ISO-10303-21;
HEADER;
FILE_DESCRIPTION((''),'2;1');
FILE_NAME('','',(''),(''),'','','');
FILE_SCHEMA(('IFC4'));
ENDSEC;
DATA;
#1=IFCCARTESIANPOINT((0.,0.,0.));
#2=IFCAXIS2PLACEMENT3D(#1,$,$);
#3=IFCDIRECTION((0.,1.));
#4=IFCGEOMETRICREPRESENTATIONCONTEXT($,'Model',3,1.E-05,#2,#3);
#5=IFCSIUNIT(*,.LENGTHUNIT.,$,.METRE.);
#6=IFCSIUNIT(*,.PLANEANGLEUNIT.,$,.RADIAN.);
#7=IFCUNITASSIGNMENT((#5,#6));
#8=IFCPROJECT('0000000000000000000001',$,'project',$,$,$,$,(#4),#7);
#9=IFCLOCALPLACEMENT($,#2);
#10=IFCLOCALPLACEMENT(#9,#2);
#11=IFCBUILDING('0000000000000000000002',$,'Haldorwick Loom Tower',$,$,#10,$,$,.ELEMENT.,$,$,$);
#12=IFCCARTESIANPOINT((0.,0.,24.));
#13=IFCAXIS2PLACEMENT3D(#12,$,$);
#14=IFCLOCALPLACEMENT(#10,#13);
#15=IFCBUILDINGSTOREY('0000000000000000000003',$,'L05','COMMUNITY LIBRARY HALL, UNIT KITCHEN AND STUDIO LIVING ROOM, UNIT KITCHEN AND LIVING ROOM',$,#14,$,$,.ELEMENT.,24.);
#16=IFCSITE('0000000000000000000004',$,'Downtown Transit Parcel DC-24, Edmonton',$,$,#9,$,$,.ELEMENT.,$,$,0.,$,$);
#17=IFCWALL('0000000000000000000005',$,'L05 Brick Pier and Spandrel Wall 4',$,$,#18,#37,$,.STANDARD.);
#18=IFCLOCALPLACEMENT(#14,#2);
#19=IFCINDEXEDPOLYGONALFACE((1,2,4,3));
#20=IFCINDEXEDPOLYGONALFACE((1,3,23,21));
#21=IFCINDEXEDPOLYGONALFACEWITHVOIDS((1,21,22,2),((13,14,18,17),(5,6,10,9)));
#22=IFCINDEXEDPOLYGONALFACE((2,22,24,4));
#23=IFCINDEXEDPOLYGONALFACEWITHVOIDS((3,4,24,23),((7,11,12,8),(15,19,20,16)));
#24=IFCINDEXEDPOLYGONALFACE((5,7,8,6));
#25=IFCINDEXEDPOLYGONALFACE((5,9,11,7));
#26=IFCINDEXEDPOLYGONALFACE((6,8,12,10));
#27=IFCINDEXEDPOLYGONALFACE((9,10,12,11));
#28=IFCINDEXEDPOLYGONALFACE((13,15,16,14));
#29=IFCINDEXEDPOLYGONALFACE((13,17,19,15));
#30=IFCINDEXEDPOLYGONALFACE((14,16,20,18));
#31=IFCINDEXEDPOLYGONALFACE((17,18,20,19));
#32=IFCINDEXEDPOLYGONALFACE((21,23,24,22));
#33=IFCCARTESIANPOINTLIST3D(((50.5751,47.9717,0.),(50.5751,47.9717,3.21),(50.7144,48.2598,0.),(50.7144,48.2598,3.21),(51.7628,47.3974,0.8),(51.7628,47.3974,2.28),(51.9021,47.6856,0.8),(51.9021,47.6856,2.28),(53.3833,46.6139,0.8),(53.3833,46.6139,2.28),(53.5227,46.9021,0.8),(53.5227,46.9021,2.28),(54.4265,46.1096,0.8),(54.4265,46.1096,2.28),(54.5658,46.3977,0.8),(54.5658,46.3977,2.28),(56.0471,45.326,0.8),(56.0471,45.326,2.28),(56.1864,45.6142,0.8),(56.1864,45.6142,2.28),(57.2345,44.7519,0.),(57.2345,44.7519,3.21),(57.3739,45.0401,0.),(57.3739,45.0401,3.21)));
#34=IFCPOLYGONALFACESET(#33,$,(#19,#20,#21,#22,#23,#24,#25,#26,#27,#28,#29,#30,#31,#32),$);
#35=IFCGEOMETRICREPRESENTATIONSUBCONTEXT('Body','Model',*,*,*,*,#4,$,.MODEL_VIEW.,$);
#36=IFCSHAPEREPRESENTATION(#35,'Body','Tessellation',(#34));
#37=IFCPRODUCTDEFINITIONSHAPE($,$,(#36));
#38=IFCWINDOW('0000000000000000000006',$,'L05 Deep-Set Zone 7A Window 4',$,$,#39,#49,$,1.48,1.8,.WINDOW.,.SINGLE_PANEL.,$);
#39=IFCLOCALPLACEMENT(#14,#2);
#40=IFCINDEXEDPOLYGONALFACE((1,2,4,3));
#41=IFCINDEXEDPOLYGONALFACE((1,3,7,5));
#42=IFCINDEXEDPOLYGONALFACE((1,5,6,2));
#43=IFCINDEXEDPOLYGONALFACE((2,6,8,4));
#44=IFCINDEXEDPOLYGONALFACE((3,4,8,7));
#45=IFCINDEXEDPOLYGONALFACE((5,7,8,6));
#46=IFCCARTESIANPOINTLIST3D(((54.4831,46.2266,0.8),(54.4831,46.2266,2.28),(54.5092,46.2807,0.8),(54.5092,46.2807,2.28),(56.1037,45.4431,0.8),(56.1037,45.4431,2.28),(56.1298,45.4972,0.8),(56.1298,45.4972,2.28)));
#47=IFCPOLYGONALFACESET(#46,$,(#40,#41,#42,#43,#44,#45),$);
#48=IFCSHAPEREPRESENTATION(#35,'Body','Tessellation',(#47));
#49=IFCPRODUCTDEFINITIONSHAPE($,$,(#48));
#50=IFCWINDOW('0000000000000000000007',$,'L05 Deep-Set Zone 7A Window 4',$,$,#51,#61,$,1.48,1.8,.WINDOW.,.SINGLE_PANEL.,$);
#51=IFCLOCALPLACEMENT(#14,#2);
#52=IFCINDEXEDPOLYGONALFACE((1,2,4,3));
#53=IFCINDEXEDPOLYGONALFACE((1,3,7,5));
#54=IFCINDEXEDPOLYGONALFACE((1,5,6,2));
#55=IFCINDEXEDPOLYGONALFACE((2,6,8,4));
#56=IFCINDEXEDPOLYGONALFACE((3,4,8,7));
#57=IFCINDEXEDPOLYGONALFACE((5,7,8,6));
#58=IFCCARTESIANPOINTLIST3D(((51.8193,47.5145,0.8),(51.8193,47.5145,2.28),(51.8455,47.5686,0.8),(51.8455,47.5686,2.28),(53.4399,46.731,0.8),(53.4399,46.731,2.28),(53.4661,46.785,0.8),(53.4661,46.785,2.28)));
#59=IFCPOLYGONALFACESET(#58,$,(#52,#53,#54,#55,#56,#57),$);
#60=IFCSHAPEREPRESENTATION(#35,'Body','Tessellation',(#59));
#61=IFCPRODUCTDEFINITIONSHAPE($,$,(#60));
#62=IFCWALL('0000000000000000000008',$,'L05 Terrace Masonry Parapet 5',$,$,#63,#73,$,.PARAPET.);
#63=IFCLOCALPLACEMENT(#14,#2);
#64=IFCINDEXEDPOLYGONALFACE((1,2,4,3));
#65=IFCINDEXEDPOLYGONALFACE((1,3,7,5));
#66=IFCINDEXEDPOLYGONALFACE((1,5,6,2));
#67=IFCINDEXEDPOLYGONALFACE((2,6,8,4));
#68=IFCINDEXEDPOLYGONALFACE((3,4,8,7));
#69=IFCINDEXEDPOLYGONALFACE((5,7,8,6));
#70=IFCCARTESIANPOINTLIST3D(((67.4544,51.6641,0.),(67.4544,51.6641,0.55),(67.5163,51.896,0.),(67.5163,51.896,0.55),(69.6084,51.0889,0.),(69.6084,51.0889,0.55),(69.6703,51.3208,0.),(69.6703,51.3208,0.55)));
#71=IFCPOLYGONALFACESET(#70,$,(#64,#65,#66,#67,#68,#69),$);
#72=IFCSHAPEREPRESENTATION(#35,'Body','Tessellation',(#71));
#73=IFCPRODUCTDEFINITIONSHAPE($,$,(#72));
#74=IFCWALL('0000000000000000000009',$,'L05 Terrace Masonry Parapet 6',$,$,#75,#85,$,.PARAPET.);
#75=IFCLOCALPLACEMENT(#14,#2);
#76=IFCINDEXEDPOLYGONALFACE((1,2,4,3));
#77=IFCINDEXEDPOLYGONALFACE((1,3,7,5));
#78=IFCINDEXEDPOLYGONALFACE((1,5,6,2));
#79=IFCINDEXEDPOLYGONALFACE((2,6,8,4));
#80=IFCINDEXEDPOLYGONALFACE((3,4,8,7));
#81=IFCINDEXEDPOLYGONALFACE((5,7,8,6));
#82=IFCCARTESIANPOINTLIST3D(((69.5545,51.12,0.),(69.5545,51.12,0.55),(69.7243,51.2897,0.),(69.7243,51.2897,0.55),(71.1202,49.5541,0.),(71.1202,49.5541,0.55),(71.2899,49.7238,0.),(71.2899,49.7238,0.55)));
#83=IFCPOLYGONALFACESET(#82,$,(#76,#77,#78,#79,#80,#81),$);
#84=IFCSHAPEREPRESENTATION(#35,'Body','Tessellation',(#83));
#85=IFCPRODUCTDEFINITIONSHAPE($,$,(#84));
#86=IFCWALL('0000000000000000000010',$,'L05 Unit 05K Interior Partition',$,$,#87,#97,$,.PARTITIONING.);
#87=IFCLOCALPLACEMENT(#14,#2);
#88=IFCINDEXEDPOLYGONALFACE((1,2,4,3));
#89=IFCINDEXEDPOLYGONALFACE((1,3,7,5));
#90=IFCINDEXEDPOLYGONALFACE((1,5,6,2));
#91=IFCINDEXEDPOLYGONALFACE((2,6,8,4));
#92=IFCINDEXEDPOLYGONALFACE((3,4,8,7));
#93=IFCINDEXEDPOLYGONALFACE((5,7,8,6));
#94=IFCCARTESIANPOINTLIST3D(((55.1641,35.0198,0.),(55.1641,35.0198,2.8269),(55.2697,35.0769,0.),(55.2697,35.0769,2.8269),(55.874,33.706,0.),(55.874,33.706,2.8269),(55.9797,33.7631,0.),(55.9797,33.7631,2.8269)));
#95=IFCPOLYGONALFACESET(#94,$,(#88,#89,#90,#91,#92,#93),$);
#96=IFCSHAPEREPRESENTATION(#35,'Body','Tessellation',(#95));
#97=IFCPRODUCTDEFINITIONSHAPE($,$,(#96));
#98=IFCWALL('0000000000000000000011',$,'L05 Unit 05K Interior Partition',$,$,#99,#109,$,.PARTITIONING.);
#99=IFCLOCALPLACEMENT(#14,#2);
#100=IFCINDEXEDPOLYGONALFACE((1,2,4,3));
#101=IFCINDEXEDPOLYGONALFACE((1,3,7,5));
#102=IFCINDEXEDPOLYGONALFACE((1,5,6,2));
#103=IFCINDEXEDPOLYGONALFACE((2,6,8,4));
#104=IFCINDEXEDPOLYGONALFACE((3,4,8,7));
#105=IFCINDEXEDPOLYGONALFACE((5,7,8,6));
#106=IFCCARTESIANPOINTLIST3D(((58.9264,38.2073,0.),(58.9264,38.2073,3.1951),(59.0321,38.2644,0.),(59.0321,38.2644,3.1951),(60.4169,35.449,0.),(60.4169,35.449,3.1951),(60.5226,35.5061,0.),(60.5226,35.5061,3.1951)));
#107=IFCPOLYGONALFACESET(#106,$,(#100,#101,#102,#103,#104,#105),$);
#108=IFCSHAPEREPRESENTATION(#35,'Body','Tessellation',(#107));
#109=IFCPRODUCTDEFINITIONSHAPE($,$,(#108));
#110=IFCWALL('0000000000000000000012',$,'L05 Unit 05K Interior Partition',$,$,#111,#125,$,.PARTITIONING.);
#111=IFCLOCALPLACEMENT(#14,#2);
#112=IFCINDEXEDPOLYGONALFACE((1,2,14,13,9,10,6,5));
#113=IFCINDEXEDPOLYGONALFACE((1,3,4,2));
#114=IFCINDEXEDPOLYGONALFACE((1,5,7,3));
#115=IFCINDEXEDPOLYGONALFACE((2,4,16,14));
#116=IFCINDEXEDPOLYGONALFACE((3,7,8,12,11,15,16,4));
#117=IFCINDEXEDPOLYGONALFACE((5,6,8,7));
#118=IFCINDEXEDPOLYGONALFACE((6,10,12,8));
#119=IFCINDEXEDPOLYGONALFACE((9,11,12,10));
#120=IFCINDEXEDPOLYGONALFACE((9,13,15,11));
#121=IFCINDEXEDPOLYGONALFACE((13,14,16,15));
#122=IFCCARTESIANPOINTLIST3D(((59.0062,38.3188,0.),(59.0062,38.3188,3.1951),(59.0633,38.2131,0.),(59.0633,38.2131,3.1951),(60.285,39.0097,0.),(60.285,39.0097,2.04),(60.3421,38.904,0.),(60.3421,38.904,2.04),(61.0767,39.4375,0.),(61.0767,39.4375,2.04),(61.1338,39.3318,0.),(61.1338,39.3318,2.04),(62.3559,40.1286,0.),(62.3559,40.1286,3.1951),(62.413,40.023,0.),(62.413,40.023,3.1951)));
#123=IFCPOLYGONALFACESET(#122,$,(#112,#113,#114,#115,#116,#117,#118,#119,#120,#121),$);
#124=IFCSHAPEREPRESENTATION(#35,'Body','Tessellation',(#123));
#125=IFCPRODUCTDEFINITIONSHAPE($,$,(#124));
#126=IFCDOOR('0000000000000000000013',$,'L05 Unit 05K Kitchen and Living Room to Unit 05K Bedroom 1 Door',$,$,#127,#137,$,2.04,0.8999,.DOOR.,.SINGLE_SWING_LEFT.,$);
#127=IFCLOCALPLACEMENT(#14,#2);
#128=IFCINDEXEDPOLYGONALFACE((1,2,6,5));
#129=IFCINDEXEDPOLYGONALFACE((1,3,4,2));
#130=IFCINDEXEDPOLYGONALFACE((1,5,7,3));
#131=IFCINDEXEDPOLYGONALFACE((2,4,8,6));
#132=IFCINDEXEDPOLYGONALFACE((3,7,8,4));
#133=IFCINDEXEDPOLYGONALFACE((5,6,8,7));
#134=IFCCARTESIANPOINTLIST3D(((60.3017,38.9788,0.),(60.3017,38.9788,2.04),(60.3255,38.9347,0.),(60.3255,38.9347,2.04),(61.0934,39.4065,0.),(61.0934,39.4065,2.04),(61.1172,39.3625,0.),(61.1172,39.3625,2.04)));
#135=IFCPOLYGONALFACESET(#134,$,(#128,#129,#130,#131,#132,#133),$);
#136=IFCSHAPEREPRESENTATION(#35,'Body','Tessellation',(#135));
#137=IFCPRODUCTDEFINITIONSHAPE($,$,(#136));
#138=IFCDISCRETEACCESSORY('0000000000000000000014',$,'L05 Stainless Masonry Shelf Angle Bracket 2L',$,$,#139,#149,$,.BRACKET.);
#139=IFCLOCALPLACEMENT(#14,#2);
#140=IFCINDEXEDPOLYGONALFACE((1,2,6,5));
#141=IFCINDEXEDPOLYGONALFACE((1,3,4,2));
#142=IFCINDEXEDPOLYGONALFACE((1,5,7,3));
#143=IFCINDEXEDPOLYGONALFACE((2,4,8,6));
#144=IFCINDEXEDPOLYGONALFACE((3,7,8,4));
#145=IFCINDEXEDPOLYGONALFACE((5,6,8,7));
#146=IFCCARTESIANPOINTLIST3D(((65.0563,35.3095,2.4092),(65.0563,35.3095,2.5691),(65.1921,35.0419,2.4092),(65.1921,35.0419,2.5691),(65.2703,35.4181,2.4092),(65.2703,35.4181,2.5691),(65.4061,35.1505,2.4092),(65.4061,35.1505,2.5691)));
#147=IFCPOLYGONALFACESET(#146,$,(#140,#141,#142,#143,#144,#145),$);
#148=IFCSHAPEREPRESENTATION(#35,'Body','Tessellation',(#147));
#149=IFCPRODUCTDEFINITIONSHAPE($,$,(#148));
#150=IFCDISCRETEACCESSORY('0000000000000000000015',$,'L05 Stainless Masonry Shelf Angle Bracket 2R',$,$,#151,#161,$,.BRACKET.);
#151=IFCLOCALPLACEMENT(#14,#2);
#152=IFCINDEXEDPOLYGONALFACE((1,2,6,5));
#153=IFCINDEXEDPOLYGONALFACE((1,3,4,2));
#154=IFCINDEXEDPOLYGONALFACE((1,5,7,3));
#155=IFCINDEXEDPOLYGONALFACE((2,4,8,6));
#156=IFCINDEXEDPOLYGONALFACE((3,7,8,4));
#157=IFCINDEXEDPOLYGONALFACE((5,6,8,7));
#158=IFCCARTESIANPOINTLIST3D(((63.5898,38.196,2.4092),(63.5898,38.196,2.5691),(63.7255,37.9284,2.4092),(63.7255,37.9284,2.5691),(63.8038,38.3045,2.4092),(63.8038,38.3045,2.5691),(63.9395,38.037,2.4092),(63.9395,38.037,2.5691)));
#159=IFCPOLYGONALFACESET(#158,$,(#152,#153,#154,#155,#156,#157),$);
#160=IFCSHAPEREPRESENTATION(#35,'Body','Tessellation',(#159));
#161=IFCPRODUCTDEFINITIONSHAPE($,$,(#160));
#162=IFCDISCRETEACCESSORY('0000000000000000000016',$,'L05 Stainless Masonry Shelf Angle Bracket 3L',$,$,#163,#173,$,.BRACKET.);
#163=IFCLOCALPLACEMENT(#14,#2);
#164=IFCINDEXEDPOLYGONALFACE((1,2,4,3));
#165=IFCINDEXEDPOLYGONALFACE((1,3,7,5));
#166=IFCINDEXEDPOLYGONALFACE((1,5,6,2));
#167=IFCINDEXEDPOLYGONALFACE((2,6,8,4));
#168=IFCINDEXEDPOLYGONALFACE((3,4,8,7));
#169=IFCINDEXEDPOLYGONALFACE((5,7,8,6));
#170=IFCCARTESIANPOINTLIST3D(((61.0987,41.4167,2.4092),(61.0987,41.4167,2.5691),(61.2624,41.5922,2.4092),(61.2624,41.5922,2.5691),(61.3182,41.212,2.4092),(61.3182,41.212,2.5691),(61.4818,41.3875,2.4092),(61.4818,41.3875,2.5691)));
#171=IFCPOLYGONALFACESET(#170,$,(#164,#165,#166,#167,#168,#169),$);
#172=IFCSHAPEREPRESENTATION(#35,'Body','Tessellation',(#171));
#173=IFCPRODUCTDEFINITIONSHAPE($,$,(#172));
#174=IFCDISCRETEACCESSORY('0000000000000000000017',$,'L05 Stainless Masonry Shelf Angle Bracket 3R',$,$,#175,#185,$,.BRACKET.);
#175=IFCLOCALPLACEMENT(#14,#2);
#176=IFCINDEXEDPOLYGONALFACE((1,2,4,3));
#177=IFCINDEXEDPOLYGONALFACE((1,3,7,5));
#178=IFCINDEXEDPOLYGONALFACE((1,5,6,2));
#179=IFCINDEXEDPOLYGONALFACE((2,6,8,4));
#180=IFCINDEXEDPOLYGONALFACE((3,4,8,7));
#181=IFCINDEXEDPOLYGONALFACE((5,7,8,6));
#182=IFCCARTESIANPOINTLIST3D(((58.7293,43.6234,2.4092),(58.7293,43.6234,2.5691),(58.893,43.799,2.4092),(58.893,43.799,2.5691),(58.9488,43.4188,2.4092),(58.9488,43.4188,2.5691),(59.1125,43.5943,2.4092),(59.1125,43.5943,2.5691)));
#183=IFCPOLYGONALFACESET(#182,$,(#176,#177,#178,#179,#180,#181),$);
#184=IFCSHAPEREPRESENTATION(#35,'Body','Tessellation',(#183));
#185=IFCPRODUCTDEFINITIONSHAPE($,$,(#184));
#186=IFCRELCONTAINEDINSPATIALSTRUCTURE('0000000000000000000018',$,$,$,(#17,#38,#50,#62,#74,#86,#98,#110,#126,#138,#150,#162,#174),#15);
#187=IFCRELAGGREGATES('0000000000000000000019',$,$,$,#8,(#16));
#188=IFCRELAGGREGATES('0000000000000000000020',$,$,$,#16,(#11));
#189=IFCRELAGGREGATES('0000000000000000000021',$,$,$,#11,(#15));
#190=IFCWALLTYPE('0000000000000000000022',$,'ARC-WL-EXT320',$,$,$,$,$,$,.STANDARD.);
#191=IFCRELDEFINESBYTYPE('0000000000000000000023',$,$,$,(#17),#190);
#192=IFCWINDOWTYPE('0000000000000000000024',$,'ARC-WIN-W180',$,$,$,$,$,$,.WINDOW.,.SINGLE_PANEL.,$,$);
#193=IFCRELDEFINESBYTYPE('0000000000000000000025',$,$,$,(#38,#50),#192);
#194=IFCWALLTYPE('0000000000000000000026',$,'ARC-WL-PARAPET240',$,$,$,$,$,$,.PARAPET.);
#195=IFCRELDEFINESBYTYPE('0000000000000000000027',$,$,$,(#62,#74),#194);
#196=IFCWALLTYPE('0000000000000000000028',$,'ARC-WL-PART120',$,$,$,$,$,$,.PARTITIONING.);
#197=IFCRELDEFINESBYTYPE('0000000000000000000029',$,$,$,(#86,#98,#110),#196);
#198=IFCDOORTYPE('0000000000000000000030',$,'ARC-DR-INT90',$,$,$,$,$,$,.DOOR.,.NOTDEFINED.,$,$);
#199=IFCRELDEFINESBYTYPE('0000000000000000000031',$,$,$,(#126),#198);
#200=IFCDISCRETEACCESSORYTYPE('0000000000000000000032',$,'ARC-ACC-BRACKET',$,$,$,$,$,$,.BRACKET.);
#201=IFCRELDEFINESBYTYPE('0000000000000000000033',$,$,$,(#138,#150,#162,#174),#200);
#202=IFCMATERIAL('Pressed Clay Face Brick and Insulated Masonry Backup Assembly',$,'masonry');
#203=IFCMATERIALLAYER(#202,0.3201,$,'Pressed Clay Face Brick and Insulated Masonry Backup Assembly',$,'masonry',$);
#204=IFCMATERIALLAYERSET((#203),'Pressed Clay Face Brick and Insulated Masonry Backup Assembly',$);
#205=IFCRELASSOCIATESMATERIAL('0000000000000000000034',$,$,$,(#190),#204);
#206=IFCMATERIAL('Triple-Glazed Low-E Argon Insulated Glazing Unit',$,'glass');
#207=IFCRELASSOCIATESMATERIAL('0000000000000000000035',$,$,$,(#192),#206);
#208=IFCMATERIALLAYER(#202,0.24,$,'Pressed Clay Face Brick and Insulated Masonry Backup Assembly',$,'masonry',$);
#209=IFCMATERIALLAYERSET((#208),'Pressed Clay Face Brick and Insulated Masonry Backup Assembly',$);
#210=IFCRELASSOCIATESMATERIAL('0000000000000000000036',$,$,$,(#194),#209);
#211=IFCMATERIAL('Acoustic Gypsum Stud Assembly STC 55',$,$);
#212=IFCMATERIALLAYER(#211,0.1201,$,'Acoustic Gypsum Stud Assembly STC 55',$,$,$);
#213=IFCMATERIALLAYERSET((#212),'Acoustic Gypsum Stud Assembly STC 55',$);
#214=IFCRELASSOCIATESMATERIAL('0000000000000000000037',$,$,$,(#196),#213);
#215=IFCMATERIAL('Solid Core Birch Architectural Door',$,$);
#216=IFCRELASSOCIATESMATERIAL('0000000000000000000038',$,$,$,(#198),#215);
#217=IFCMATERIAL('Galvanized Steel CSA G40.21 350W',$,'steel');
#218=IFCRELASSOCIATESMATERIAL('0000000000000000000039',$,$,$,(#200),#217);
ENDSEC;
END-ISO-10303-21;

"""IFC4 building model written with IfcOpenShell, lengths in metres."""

from ifc_helpers import new_model, si_unit, direction, frame, frame_2d, origin, origin_2d, place, context, subcontext, project, spatial, rectangle, extrude, material, layer, layer_set, type_object, element, fill, save


model = new_model("IFC4")

# Units and contexts
model_context = context("Model", 3, precision=1e-05, world=origin(), true_north=direction((0.0, 1.0)))
body_context = subcontext(model_context, "Body", "Model", "MODEL_VIEW")
ifc_project = project(units=[si_unit("LENGTHUNIT", "METRE"), si_unit("PLANEANGLEUNIT", "RADIAN")], contexts=[model_context])

# Site, building, storey
site_placement = place(None, origin())
site = spatial("IfcSite", under=ifc_project, at=site_placement, Name="Downtown Transit Parcel DC-24, Edmonton", CompositionType="ELEMENT", RefElevation=0.0)
building_placement = place(site_placement, origin())
building = spatial("IfcBuilding", under=site, at=building_placement, Name="Haldorwick Loom Tower", CompositionType="ELEMENT")
storey_placement = place(building_placement, frame((0.0, 0.0, 24.0)))
storey = spatial("IfcBuildingStorey", under=building, at=storey_placement, Name="L05", Description="COMMUNITY LIBRARY HALL, UNIT KITCHEN AND STUDIO LIVING ROOM, UNIT KITCHEN AND LIVING ROOM", CompositionType="ELEMENT", Elevation=24.0)

# Shared definitions
ifc_material_1 = material(Name="Pressed Clay Face Brick and Insulated Masonry Backup Assembly", Category="masonry")
ifc_layer_1 = layer(ifc_material_1, 0.3201, Name="Pressed Clay Face Brick and Insulated Masonry Backup Assembly", Category="masonry")
ifc_layer_set_1 = layer_set([ifc_layer_1], Name="Pressed Clay Face Brick and Insulated Masonry Backup Assembly")
wall_type_1 = type_object("IfcWallType", Name="ARC-WL-EXT320", PredefinedType="STANDARD", material=ifc_layer_set_1)
ifc_material_2 = material(Name="Triple-Glazed Low-E Argon Insulated Glazing Unit", Category="glass")
window_type = type_object("IfcWindowType", Name="ARC-WIN-W180", PartitioningType="SINGLE_PANEL", PredefinedType="WINDOW", material=ifc_material_2)

# Wall, openings, windows
wall_1_placement = place(storey_placement, frame((57.3042, 44.896, 0.0), z_axis=(0.0, 0.0, 1.0), x_axis=(-0.900296, 0.435279, 0.0)))
wall_1 = element("IfcWall", 1, at=wall_1_placement, inside=storey, type_object=wall_type_1, Name="L05 Brick Pier and Spandrel Wall 4", PredefinedType="STANDARD", context=body_context, shape_type="SweptSolid", body=[
    extrude(rectangle(XDim=7.397, YDim=0.3201, at=frame_2d((3.6985, 0.0))), origin(), (0.0, 0.0, 1.0), 3.21),
])
opening_1_placement = place(wall_1_placement, frame((1.3191, 0.0, 0.8)))
opening_1 = element("IfcOpeningElement", 2, at=opening_1_placement, cuts=wall_1, PredefinedType="OPENING", context=body_context, shape_type="SweptSolid", body=[
    extrude(rectangle(XDim=1.8, YDim=1.48, at=frame_2d((0.8999, 0.74))), frame((0.0, 0.1699, 0.0), z_axis=(0.0, -1.0, 0.0), x_axis=(1.0, 0.0, 0.0)), (0.0, 0.0, 1.0), 0.3401),
])
opening_2_placement = place(wall_1_placement, frame((4.2778, 0.0, 0.8)))
opening_2 = element("IfcOpeningElement", 3, at=opening_2_placement, cuts=wall_1, PredefinedType="OPENING", context=body_context, shape_type="SweptSolid", body=[
    extrude(rectangle(XDim=1.8, YDim=1.48, at=frame_2d((0.8999, 0.74))), frame((0.0, 0.1699, 0.0), z_axis=(0.0, -1.0, 0.0), x_axis=(1.0, 0.0, 0.0)), (0.0, 0.0, 1.0), 0.3401),
])
window_1_placement = place(opening_1_placement, origin())
window_1 = element("IfcWindow", 4, at=window_1_placement, inside=storey, type_object=window_type, Name="L05 Deep-Set Zone 7A Window 4", OverallHeight=1.48, OverallWidth=1.8, PartitioningType="SINGLE_PANEL", PredefinedType="WINDOW", context=body_context, shape_type="SweptSolid", body=[
    extrude(rectangle(XDim=1.8, YDim=1.48, at=frame_2d((0.8999, 0.74))), frame((0.0, 0.03, 0.0), z_axis=(0.0, -1.0, 0.0), x_axis=(1.0, 0.0, 0.0)), (0.0, 0.0, 1.0), 0.0601),
])
fill(opening_1, window_1)
window_2_placement = place(opening_2_placement, origin())
window_2 = element("IfcWindow", 5, at=window_2_placement, inside=storey, type_object=window_type, Name="L05 Deep-Set Zone 7A Window 4", OverallHeight=1.48, OverallWidth=1.8, PartitioningType="SINGLE_PANEL", PredefinedType="WINDOW", context=body_context, shape_type="SweptSolid", body=[
    extrude(rectangle(XDim=1.8, YDim=1.48, at=frame_2d((0.8999, 0.74))), frame((0.0, 0.03, 0.0), z_axis=(0.0, -1.0, 0.0), x_axis=(1.0, 0.0, 0.0)), (0.0, 0.0, 1.0), 0.0601),
])
fill(opening_2, window_2)

# Walls
ifc_layer_2 = layer(ifc_material_1, 0.24, Name="Pressed Clay Face Brick and Insulated Masonry Backup Assembly", Category="masonry")
ifc_layer_set_2 = layer_set([ifc_layer_2], Name="Pressed Clay Face Brick and Insulated Masonry Backup Assembly")
wall_type_2 = type_object("IfcWallType", Name="ARC-WL-PARAPET240", PredefinedType="PARAPET", material=ifc_layer_set_2)
wall_2_placement = place(storey_placement, frame((67.4854, 51.78, 0.0), z_axis=(0.0, 0.0, 1.0), x_axis=(0.966148, -0.25799, 0.0)))
element("IfcWall", 6, at=wall_2_placement, inside=storey, type_object=wall_type_2, Name="L05 Terrace Masonry Parapet 5", PredefinedType="PARAPET", context=body_context, shape_type="SweptSolid", body=[
    extrude(rectangle(XDim=2.2295, YDim=0.24, at=frame_2d((1.1147, 0.0))), origin(), (0.0, 0.0, 1.0), 0.55),
])
wall_3_placement = place(storey_placement, frame((69.6394, 51.2048, 0.0), z_axis=(0.0, 0.0, 1.0), x_axis=(0.707052, -0.707162, 0.0)))
element("IfcWall", 7, at=wall_3_placement, inside=storey, type_object=wall_type_2, Name="L05 Terrace Masonry Parapet 6", PredefinedType="PARAPET", context=body_context, shape_type="SweptSolid", body=[
    extrude(rectangle(XDim=2.2144, YDim=0.24, at=frame_2d((1.1072, 0.0))), origin(), (0.0, 0.0, 1.0), 0.55),
])
ifc_material_3 = material(Name="Acoustic Gypsum Stud Assembly STC 55")
ifc_layer_3 = layer(ifc_material_3, 0.1201, Name="Acoustic Gypsum Stud Assembly STC 55")
ifc_layer_set_3 = layer_set([ifc_layer_3], Name="Acoustic Gypsum Stud Assembly STC 55")
wall_type_3 = type_object("IfcWallType", Name="ARC-WL-PART120", PredefinedType="PARTITIONING", material=ifc_layer_set_3)
wall_4_placement = place(storey_placement, frame((55.9268, 33.7346, 0.0), z_axis=(0.0, 0.0, 1.0), x_axis=(-0.475367, 0.879788, 0.0)))
element("IfcWall", 8, at=wall_4_placement, inside=storey, type_object=wall_type_3, Name="L05 Unit 05K Interior Partition", PredefinedType="PARTITIONING", context=body_context, shape_type="SweptSolid", body=[
    extrude(rectangle(XDim=1.4934, YDim=0.1201, at=frame_2d((0.7466, 0.0))), origin(), (0.0, 0.0, 1.0), 2.8269),
])
wall_5_placement = place(storey_placement, frame((60.4697, 35.4775, 0.0), z_axis=(0.0, 0.0, 1.0), x_axis=(-0.475395, 0.879773, 0.0)))
element("IfcWall", 9, at=wall_5_placement, inside=storey, type_object=wall_type_3, Name="L05 Unit 05K Interior Partition", PredefinedType="PARTITIONING", context=body_context, shape_type="SweptSolid", body=[
    extrude(rectangle(XDim=3.1353, YDim=0.1201, at=frame_2d((1.5676, 0.0))), origin(), (0.0, 0.0, 1.0), 3.1951),
])

# Wall, opening, door
wall_6_placement = place(storey_placement, frame((59.0347, 38.2659, 0.0), z_axis=(0.0, 0.0, 1.0), x_axis=(0.879793, 0.475357, 0.0)))
wall_6 = element("IfcWall", 10, at=wall_6_placement, inside=storey, type_object=wall_type_3, Name="L05 Unit 05K Interior Partition", PredefinedType="PARTITIONING", context=body_context, shape_type="SweptSolid", body=[
    extrude(rectangle(XDim=3.8074, YDim=0.1201, at=frame_2d((1.9038, 0.0))), origin(), (0.0, 0.0, 1.0), 3.1951),
])
opening_3_placement = place(wall_6_placement, frame((1.4536, 0.0, 0.0)))
opening_3 = element("IfcOpeningElement", 11, at=opening_3_placement, cuts=wall_6, PredefinedType="OPENING", context=body_context, shape_type="SweptSolid", body=[
    extrude(rectangle(XDim=0.8999, YDim=2.04, at=frame_2d((0.45, 1.02))), frame((0.0, 0.0701, 0.0), z_axis=(0.0, -1.0, 0.0), x_axis=(1.0, 0.0, 0.0)), (0.0, 0.0, 1.0), 0.1401),
])
ifc_material_4 = material(Name="Solid Core Birch Architectural Door")
door_type = type_object("IfcDoorType", Name="ARC-DR-INT90", OperationType="NOTDEFINED", PredefinedType="DOOR", material=ifc_material_4)
door_placement = place(opening_3_placement, origin())
door = element("IfcDoor", 12, at=door_placement, inside=storey, type_object=door_type, Name="L05 Unit 05K Kitchen and Living Room to Unit 05K Bedroom 1 Door", OperationType="SINGLE_SWING_LEFT", OverallHeight=2.04, OverallWidth=0.8999, PredefinedType="DOOR", context=body_context, shape_type="SweptSolid", body=[
    extrude(rectangle(XDim=0.8999, YDim=2.04, at=frame_2d((0.45, 1.02))), frame((0.0, 0.0249, 0.0), z_axis=(0.0, -1.0, 0.0), x_axis=(1.0, 0.0, 0.0)), (0.0, 0.0, 1.0), 0.05),
])
fill(opening_3, door)

# Discrete accessories
ifc_material_5 = material(Name="Galvanized Steel CSA G40.21 350W", Category="steel")
discrete_accessory_type = type_object("IfcDiscreteAccessoryType", Name="ARC-ACC-BRACKET", PredefinedType="BRACKET", material=ifc_material_5)
for number, where, z_axis, x_axis, name in (
    (13, (65.2312, 35.23, 2.4092), (0.0, 0.0, 1.0), (-0.452435, 0.891798, 0.0), "L05 Stainless Masonry Shelf Angle Bracket 2L"),
    (14, (63.7646, 38.1165, 2.4092), (0.0, 0.0, 1.0), (-0.452435, 0.891798, 0.0), "L05 Stainless Masonry Shelf Angle Bracket 2R"),
    (15, (61.2903, 41.4021, 2.4092), (0.0, 0.0, 1.0), (-0.731354, 0.681998, 0.0), "L05 Stainless Masonry Shelf Angle Bracket 3L"),
    (16, (58.9209, 43.6089, 2.4092), (0.0, 0.0, 1.0), (-0.731354, 0.681998, 0.0), "L05 Stainless Masonry Shelf Angle Bracket 3R"),
):
    element("IfcDiscreteAccessory", number, at=place(storey_placement, frame(where, z_axis=z_axis, x_axis=x_axis)), inside=storey, type_object=discrete_accessory_type, Name=name, PredefinedType="BRACKET", context=body_context, shape_type="SweptSolid", body=[
        extrude(rectangle(XDim=0.3, YDim=0.24, at=origin_2d()), origin(), (0.0, 0.0, 1.0), 0.1599),
    ])

save(model, "model.ifc")
